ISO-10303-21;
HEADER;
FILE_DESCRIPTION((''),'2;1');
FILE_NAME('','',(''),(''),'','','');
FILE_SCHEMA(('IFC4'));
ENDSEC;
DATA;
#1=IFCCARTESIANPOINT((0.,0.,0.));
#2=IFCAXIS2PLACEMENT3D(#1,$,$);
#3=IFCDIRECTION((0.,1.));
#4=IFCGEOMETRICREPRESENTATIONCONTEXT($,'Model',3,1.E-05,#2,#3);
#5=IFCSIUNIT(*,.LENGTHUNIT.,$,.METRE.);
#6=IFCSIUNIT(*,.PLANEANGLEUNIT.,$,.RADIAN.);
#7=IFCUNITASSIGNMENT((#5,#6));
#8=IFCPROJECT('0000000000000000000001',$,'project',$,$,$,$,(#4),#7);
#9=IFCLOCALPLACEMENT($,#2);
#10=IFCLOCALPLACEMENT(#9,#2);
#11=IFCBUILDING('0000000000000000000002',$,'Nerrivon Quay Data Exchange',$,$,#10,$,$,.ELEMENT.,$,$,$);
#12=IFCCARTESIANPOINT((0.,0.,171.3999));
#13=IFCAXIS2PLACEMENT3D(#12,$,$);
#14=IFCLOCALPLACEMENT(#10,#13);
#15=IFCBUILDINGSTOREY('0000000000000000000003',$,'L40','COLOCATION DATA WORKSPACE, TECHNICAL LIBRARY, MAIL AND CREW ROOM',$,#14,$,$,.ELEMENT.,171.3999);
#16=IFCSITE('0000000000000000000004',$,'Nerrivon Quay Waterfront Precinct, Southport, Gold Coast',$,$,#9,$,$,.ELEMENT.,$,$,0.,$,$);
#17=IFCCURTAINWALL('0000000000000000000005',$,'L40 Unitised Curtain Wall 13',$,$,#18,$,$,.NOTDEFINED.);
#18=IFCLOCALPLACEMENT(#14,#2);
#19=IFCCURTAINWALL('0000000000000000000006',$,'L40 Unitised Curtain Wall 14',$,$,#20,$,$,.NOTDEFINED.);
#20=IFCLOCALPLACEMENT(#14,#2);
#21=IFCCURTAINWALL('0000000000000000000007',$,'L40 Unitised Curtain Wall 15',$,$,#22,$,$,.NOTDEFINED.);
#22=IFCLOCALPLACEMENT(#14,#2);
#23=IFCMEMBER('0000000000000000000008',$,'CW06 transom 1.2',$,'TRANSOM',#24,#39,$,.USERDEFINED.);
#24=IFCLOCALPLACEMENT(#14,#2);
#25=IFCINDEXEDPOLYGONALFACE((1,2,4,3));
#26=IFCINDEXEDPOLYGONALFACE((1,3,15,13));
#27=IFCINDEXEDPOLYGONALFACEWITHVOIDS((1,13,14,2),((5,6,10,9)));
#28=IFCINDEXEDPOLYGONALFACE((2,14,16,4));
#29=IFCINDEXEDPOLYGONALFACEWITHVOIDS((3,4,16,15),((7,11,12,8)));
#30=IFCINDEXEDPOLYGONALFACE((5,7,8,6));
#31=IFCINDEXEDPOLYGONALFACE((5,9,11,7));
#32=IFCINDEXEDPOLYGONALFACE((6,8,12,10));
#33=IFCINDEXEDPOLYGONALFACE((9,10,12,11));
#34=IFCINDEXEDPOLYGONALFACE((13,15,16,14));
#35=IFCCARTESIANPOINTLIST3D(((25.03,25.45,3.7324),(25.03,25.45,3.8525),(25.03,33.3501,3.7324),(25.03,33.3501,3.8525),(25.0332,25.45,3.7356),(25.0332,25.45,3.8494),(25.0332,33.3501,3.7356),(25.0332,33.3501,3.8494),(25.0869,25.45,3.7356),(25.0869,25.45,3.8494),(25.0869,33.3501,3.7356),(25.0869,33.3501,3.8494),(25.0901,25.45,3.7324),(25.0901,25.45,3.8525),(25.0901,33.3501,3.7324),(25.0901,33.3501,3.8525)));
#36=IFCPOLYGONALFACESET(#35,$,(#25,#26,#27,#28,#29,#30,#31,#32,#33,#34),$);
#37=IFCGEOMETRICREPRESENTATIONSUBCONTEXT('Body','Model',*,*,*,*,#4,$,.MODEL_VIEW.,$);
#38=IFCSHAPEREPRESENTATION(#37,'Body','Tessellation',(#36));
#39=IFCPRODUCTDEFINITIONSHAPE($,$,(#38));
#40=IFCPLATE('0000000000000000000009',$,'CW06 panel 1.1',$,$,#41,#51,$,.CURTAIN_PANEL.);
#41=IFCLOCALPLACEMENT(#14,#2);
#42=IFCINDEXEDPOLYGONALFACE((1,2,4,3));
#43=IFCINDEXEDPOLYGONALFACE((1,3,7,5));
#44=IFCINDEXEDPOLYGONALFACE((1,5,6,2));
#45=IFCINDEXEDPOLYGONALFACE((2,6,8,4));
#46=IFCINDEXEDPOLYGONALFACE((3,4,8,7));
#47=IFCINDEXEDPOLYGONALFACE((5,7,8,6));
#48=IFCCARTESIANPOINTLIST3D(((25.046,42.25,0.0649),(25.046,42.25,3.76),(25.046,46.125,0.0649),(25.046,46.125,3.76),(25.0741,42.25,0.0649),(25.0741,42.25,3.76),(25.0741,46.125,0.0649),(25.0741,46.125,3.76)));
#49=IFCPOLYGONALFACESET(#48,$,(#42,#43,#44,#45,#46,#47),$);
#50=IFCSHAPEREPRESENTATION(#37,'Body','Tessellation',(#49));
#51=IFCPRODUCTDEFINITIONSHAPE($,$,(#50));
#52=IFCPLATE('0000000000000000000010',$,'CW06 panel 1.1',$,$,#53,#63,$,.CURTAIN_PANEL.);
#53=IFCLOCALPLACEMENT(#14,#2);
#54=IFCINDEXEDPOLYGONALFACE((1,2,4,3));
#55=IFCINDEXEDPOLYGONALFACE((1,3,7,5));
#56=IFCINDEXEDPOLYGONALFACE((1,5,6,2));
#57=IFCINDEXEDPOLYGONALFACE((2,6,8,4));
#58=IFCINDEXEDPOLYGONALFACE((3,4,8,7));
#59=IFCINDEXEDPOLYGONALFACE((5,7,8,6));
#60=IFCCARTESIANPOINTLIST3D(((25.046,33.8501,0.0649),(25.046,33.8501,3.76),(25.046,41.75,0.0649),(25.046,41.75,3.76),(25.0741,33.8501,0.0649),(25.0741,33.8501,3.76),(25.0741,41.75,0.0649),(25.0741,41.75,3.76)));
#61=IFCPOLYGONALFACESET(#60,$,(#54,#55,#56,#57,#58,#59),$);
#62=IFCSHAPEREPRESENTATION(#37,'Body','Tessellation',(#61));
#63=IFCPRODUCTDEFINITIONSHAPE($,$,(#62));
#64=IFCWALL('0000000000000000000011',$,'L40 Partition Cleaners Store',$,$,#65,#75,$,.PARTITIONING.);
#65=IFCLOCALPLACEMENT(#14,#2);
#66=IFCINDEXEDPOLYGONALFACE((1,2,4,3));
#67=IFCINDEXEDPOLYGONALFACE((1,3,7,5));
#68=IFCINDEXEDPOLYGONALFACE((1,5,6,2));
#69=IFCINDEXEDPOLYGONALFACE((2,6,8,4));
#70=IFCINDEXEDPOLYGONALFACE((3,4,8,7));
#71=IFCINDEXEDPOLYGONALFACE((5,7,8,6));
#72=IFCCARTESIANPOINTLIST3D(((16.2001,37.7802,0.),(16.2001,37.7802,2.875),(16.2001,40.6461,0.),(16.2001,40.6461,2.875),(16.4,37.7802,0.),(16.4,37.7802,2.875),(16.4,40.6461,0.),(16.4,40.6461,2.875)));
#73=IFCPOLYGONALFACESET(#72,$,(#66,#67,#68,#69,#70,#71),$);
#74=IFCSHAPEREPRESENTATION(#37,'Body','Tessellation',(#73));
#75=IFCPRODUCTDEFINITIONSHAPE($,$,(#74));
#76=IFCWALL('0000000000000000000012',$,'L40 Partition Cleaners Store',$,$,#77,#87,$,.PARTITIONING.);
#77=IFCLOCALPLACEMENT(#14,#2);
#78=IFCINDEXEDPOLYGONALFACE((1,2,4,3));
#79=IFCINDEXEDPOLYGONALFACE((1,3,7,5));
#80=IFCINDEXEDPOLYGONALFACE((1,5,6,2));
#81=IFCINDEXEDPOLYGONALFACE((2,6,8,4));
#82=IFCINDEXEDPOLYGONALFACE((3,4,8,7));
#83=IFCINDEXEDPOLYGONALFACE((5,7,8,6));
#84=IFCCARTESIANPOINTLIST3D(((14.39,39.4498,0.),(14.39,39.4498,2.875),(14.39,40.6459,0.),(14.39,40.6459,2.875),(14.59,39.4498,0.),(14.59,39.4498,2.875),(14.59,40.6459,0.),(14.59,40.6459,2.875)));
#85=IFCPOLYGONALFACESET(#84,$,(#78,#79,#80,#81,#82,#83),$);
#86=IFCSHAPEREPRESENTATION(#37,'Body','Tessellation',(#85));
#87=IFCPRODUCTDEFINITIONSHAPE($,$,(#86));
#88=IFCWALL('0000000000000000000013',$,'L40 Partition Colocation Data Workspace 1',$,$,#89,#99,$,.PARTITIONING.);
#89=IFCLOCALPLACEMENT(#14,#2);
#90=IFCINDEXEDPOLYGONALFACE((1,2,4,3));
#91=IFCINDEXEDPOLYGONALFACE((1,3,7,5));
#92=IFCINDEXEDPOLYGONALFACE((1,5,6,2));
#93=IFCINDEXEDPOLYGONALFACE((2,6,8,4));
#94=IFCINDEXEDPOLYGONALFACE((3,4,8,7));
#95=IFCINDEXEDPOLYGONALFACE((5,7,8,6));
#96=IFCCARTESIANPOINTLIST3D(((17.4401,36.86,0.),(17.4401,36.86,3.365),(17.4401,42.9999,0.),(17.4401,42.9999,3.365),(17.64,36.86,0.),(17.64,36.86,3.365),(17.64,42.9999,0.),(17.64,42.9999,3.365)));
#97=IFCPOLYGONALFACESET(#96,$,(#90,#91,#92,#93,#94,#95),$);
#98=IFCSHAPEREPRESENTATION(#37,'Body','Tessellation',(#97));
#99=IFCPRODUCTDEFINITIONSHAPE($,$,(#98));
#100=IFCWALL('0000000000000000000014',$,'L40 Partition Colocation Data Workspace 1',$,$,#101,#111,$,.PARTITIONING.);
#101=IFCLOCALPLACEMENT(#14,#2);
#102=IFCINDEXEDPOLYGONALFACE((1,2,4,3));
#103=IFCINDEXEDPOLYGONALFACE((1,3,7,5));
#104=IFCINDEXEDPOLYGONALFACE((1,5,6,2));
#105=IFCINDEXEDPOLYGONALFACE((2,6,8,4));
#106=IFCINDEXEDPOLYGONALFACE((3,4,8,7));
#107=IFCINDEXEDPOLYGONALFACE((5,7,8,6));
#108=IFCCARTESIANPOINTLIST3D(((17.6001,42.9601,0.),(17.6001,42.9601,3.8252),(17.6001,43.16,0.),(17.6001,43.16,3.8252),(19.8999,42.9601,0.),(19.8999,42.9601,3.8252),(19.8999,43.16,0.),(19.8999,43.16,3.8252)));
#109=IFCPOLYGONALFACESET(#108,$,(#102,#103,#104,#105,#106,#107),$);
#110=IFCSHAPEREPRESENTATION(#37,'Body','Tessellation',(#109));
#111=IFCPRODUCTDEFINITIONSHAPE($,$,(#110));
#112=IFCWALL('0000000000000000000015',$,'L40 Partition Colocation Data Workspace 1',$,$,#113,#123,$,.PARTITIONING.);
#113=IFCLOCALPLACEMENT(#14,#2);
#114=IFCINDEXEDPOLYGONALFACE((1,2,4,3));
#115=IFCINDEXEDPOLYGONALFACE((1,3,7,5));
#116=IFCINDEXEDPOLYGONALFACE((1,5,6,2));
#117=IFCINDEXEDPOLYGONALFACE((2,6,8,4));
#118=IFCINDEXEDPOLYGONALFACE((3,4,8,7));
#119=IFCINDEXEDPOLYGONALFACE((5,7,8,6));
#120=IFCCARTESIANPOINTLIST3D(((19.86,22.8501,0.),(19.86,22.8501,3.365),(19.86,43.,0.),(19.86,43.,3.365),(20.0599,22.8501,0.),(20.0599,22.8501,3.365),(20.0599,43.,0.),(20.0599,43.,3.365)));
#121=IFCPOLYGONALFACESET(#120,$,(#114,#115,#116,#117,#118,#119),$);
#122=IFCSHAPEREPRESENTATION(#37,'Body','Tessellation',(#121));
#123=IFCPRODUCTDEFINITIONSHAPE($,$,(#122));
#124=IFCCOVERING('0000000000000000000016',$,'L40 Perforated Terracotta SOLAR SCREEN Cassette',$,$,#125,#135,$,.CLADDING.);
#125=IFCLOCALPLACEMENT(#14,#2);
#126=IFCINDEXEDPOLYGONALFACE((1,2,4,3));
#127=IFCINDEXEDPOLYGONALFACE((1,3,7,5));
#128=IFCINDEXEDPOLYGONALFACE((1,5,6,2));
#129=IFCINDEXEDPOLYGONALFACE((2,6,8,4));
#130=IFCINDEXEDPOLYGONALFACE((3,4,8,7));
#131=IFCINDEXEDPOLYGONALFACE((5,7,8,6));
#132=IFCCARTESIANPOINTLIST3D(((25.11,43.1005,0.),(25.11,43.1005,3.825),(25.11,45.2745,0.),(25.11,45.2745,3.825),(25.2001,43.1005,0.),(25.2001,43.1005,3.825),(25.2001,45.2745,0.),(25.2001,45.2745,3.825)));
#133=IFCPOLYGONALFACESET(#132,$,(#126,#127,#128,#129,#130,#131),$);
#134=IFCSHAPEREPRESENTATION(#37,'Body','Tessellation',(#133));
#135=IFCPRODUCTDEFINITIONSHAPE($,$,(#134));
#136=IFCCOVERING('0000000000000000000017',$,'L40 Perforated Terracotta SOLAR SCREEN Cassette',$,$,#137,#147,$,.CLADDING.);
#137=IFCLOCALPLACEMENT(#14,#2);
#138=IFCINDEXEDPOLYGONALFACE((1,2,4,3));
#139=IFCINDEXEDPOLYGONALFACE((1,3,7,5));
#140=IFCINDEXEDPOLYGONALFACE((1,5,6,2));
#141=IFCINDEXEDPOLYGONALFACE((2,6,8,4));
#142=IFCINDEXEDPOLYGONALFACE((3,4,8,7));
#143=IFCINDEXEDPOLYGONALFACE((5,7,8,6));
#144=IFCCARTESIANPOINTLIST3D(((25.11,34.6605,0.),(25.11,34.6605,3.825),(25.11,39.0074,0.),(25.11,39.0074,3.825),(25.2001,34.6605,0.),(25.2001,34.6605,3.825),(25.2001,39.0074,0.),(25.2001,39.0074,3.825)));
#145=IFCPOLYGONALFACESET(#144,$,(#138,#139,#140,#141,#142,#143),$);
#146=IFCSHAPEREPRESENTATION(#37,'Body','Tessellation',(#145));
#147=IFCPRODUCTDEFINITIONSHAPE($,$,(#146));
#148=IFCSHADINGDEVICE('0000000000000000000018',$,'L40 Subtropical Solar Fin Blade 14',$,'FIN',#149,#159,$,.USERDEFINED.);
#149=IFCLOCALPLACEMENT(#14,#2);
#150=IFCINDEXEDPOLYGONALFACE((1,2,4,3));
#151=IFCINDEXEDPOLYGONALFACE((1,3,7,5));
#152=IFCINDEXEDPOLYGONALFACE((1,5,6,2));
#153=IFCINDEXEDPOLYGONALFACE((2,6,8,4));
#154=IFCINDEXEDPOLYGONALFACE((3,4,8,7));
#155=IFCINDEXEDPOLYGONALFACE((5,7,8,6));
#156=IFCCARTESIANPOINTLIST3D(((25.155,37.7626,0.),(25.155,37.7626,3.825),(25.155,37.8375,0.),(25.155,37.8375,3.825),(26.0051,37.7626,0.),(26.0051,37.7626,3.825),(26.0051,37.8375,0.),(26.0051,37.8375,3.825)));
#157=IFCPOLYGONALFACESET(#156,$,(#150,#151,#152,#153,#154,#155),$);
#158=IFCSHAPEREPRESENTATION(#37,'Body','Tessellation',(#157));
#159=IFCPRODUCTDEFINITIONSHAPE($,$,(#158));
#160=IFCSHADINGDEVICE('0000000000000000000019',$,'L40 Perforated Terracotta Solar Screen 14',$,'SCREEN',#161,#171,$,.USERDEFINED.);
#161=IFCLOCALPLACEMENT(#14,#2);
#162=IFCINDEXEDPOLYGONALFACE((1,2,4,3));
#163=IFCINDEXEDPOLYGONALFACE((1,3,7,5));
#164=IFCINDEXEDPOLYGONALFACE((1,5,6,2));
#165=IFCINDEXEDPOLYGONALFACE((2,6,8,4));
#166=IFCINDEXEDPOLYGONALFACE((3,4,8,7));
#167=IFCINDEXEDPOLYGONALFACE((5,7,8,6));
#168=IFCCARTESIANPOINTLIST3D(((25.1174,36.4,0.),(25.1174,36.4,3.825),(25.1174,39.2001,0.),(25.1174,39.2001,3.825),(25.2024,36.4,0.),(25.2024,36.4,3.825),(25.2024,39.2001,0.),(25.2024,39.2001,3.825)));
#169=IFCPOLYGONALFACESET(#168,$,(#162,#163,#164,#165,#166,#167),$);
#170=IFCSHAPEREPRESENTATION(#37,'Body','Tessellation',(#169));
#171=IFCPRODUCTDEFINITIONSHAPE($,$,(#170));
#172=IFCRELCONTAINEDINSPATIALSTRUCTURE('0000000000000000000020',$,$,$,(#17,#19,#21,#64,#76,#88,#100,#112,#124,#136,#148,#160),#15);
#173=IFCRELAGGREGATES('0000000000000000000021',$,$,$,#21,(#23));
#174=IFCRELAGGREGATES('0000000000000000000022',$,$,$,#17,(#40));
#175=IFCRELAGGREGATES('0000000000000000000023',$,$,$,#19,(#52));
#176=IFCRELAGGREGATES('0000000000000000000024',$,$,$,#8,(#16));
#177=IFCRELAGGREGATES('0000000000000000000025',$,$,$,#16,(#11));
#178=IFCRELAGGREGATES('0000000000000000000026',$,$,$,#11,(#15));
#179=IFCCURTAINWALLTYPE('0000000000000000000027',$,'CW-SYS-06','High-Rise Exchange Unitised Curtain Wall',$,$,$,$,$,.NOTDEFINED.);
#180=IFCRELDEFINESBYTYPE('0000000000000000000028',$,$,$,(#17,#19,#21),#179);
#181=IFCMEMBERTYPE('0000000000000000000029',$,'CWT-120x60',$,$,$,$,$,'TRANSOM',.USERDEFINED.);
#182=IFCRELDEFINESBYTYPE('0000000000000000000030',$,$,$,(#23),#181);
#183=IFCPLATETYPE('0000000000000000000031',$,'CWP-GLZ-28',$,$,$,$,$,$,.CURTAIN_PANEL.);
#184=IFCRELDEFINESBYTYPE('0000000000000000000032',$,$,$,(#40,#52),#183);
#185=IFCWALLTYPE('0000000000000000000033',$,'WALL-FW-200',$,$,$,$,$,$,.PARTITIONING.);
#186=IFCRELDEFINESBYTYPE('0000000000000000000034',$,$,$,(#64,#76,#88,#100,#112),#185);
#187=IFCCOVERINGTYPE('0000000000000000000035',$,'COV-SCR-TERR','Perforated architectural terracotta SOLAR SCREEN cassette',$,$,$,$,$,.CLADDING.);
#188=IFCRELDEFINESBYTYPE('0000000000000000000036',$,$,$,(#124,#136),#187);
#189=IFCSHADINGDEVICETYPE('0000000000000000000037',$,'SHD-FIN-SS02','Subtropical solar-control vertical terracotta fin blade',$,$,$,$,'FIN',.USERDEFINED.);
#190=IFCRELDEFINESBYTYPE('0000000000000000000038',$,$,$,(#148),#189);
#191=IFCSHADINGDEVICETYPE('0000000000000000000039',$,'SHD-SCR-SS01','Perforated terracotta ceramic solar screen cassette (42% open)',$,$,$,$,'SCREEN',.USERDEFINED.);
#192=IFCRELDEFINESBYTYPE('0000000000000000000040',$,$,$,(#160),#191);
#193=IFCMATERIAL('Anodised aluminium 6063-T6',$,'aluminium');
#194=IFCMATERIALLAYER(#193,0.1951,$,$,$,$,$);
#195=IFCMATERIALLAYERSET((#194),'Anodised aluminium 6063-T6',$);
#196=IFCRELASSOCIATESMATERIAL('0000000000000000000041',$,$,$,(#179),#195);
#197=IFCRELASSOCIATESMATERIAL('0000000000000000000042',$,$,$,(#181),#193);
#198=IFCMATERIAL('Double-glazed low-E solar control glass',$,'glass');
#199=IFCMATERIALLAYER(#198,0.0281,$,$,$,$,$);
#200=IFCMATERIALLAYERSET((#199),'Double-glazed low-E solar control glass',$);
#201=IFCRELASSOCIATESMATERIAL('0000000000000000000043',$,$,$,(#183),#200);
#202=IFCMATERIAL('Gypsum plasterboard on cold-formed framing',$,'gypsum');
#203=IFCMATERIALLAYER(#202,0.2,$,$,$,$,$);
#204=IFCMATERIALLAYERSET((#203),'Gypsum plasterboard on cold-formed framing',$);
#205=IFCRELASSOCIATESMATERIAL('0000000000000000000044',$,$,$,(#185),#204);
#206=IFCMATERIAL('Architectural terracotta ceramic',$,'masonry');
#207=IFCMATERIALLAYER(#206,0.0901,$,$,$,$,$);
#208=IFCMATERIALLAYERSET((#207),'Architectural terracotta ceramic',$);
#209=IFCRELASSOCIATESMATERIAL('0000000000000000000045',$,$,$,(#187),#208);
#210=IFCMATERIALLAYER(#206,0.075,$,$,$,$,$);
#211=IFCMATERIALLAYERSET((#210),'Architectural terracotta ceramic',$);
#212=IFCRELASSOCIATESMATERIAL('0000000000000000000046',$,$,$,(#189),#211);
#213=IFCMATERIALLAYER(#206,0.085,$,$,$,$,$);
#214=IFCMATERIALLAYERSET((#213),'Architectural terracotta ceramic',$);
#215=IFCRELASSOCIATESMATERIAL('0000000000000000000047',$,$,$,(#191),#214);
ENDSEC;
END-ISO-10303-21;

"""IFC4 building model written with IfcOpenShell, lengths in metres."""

from ifc_helpers import new_model, si_unit, direction, frame, frame_2d, origin, origin_2d, place, context, subcontext, project, spatial, rectangle, hollow_rectangle, extrude, material, layer, layer_set, material_profile, profile_set, type_object, element, aggregate, save


model = new_model("IFC4")

# Units and contexts
model_context = context("Model", 3, precision=1e-05, world=origin(), true_north=direction((0.0, 1.0)))
body_context = subcontext(model_context, "Body", "Model", "MODEL_VIEW")
ifc_project = project(units=[si_unit("LENGTHUNIT", "METRE"), si_unit("PLANEANGLEUNIT", "RADIAN")], contexts=[model_context])

# Site, building, storey
site_placement = place(None, origin())
site = spatial("IfcSite", under=ifc_project, at=site_placement, Name="Nerrivon Quay Waterfront Precinct, Southport, Gold Coast", CompositionType="ELEMENT", RefElevation=0.0)
building_placement = place(site_placement, origin())
building = spatial("IfcBuilding", under=site, at=building_placement, Name="Nerrivon Quay Data Exchange", CompositionType="ELEMENT")
storey_placement = place(building_placement, frame((0.0, 0.0, 171.3999)))
storey = spatial("IfcBuildingStorey", under=building, at=storey_placement, Name="L40", Description="COLOCATION DATA WORKSPACE, TECHNICAL LIBRARY, MAIL AND CREW ROOM", CompositionType="ELEMENT", Elevation=171.3999)

# Curtain wall
ifc_material_1 = material(Name="Anodised aluminium 6063-T6", Category="aluminium")
ifc_layer_1 = layer(ifc_material_1, 0.1951)
ifc_layer_set_1 = layer_set([ifc_layer_1], Name="Anodised aluminium 6063-T6")
curtain_wall_type = type_object("IfcCurtainWallType", Name="CW-SYS-06", Description="High-Rise Exchange Unitised Curtain Wall", PredefinedType="NOTDEFINED", material=ifc_layer_set_1)
curtain_wall_1_placement = place(storey_placement, origin())
curtain_wall_1 = element("IfcCurtainWall", 1, at=curtain_wall_1_placement, inside=storey, type_object=curtain_wall_type, Name="L40 Unitised Curtain Wall 13", PredefinedType="NOTDEFINED")

# Curtain wall
curtain_wall_2_placement = place(storey_placement, origin())
curtain_wall_2 = element("IfcCurtainWall", 2, at=curtain_wall_2_placement, inside=storey, type_object=curtain_wall_type, Name="L40 Unitised Curtain Wall 14", PredefinedType="NOTDEFINED")

# Curtain wall
curtain_wall_3_placement = place(storey_placement, origin())
curtain_wall_3 = element("IfcCurtainWall", 3, at=curtain_wall_3_placement, inside=storey, type_object=curtain_wall_type, Name="L40 Unitised Curtain Wall 15", PredefinedType="NOTDEFINED")

# Member
ifc_material_profile_1 = material_profile(ifc_material_1, hollow_rectangle(XDim=0.0601, YDim=0.1201, WallThickness=0.0032, at=origin_2d()), Name="ALU-TRAN-120x60")
ifc_profile_set_1 = profile_set([ifc_material_profile_1], Name="Anodised aluminium 6063-T6")
member_type_1 = type_object("IfcMemberType", Name="CWT-120x60", ElementType="TRANSOM", PredefinedType="USERDEFINED", material=ifc_profile_set_1)
member_1_placement = place(storey_placement, frame((25.0601, 33.3501, 3.7925), z_axis=(0.0, -1.0, 0.0), x_axis=(1.0, 0.0, 0.0)))
member_1 = element("IfcMember", 4, at=member_1_placement, type_object=member_type_1, Name="CW06 transom 1.2", ObjectType="TRANSOM", PredefinedType="USERDEFINED", context=body_context, shape_type="SweptSolid", body=[
    extrude(hollow_rectangle(XDim=0.0601, YDim=0.1201, WallThickness=0.0032, at=origin_2d()), origin(), (0.0, 0.0, 1.0), 7.9001),
])
aggregate(curtain_wall_3, [member_1])

# Plates
ifc_material_2 = material(Name="Double-glazed low-E solar control glass", Category="glass")
ifc_layer_2 = layer(ifc_material_2, 0.0281)
ifc_layer_set_2 = layer_set([ifc_layer_2], Name="Double-glazed low-E solar control glass")
plate_type = type_object("IfcPlateType", Name="CWP-GLZ-28", PredefinedType="CURTAIN_PANEL", material=ifc_layer_set_2)
plate_1_placement = place(storey_placement, frame((25.0601, 44.1875, 0.0649), z_axis=(0.0, 0.0, 1.0), x_axis=(0.0, -1.0, 0.0)))
plate_1 = element("IfcPlate", 5, at=plate_1_placement, type_object=plate_type, Name="CW06 panel 1.1", PredefinedType="CURTAIN_PANEL", context=body_context, shape_type="SweptSolid", body=[
    extrude(rectangle(XDim=3.875, YDim=0.0281, at=origin_2d()), origin(), (0.0, 0.0, 1.0), 3.6951),
])
aggregate(curtain_wall_1, [plate_1])
plate_2_placement = place(storey_placement, frame((25.0601, 37.8, 0.0649), z_axis=(0.0, 0.0, 1.0), x_axis=(0.0, -1.0, 0.0)))
plate_2 = element("IfcPlate", 6, at=plate_2_placement, type_object=plate_type, Name="CW06 panel 1.1", PredefinedType="CURTAIN_PANEL", context=body_context, shape_type="SweptSolid", body=[
    extrude(rectangle(XDim=7.8999, YDim=0.0281, at=origin_2d()), origin(), (0.0, 0.0, 1.0), 3.6951),
])
aggregate(curtain_wall_2, [plate_2])

# Walls
ifc_material_3 = material(Name="Gypsum plasterboard on cold-formed framing", Category="gypsum")
ifc_layer_3 = layer(ifc_material_3, 0.2)
ifc_layer_set_3 = layer_set([ifc_layer_3], Name="Gypsum plasterboard on cold-formed framing")
wall_type_1 = type_object("IfcWallType", Name="WALL-FW-200", PredefinedType="PARTITIONING", material=ifc_layer_set_3)
wall_1_placement = place(storey_placement, frame((16.3, 37.78, 0.0), z_axis=(0.0, 0.0, 1.0), x_axis=(0.0, 1.0, 0.0)))
element("IfcWall", 7, at=wall_1_placement, inside=storey, type_object=wall_type_1, Name="L40 Partition Cleaners Store", PredefinedType="PARTITIONING", context=body_context, shape_type="SweptSolid", body=[
    extrude(rectangle(XDim=2.866, YDim=0.2, at=frame_2d((1.4331, 0.0))), origin(), (0.0, 0.0, 1.0), 2.875),
])
wall_2_placement = place(storey_placement, frame((14.49, 40.646, 0.0), z_axis=(0.0, 0.0, 1.0), x_axis=(0.0, -1.0, 0.0)))
element("IfcWall", 8, at=wall_2_placement, inside=storey, type_object=wall_type_1, Name="L40 Partition Cleaners Store", PredefinedType="PARTITIONING", context=body_context, shape_type="SweptSolid", body=[
    extrude(rectangle(XDim=1.196, YDim=0.2, at=frame_2d((0.5981, 0.0))), origin(), (0.0, 0.0, 1.0), 2.875),
])
wall_3_placement = place(storey_placement, frame((17.54, 36.8601, 0.0), z_axis=(0.0, 0.0, 1.0), x_axis=(0.0, 1.0, 0.0)))
element("IfcWall", 9, at=wall_3_placement, inside=storey, type_object=wall_type_1, Name="L40 Partition Colocation Data Workspace 1", PredefinedType="PARTITIONING", context=body_context, shape_type="SweptSolid", body=[
    extrude(rectangle(XDim=6.1399, YDim=0.2, at=frame_2d((3.0698, 0.0))), origin(), (0.0, 0.0, 1.0), 3.365),
])
wall_4_placement = place(storey_placement, frame((17.6001, 43.0601, 0.0), z_axis=(0.0, 0.0, 1.0), x_axis=(1.0, 0.0, 0.0)))
element("IfcWall", 10, at=wall_4_placement, inside=storey, type_object=wall_type_1, Name="L40 Partition Colocation Data Workspace 1", PredefinedType="PARTITIONING", context=body_context, shape_type="SweptSolid", body=[
    extrude(rectangle(XDim=2.2998, YDim=0.2, at=frame_2d((1.1499, 0.0))), origin(), (0.0, 0.0, 1.0), 3.8252),
])
wall_5_placement = place(storey_placement, frame((19.96, 43.0, 0.0), z_axis=(0.0, 0.0, 1.0), x_axis=(0.0, -1.0, 0.0)))
element("IfcWall", 11, at=wall_5_placement, inside=storey, type_object=wall_type_1, Name="L40 Partition Colocation Data Workspace 1", PredefinedType="PARTITIONING", context=body_context, shape_type="SweptSolid", body=[
    extrude(rectangle(XDim=20.1499, YDim=0.2, at=frame_2d((10.075, 0.0))), origin(), (0.0, 0.0, 1.0), 3.365),
])

# Coverings
ifc_material_4 = material(Name="Architectural terracotta ceramic", Category="masonry")
ifc_layer_4 = layer(ifc_material_4, 0.0901)
ifc_layer_set_4 = layer_set([ifc_layer_4], Name="Architectural terracotta ceramic")
covering_type = type_object("IfcCoveringType", Name="COV-SCR-TERR", Description="Perforated architectural terracotta SOLAR SCREEN cassette", PredefinedType="CLADDING", material=ifc_layer_set_4)
covering_1_placement = place(storey_placement, frame((25.155, 44.1875, 0.0), z_axis=(0.0, 0.0, 1.0), x_axis=(0.0, -1.0, 0.0)))
element("IfcCovering", 12, at=covering_1_placement, inside=storey, type_object=covering_type, Name="L40 Perforated Terracotta SOLAR SCREEN Cassette", PredefinedType="CLADDING", context=body_context, shape_type="SweptSolid", body=[
    extrude(rectangle(XDim=2.1741, YDim=0.0901, at=origin_2d()), origin(), (0.0, 0.0, 1.0), 3.825),
])
covering_2_placement = place(storey_placement, frame((25.155, 36.834, 0.0), z_axis=(0.0, 0.0, 1.0), x_axis=(0.0, -1.0, 0.0)))
element("IfcCovering", 13, at=covering_2_placement, inside=storey, type_object=covering_type, Name="L40 Perforated Terracotta SOLAR SCREEN Cassette", PredefinedType="CLADDING", context=body_context, shape_type="SweptSolid", body=[
    extrude(rectangle(XDim=4.3469, YDim=0.0901, at=origin_2d()), origin(), (0.0, 0.0, 1.0), 3.825),
])

# Shading devices
ifc_layer_5 = layer(ifc_material_4, 0.075)
ifc_layer_set_5 = layer_set([ifc_layer_5], Name="Architectural terracotta ceramic")
shading_device_type_1 = type_object("IfcShadingDeviceType", Name="SHD-FIN-SS02", Description="Subtropical solar-control vertical terracotta fin blade", ElementType="FIN", PredefinedType="USERDEFINED", material=ifc_layer_set_5)
shading_device_1_placement = place(storey_placement, frame((25.5801, 37.8, 0.0), z_axis=(0.0, 0.0, 1.0), x_axis=(0.0, -1.0, 0.0)))
element("IfcShadingDevice", 14, at=shading_device_1_placement, inside=storey, type_object=shading_device_type_1, Name="L40 Subtropical Solar Fin Blade 14", ObjectType="FIN", PredefinedType="USERDEFINED", context=body_context, shape_type="SweptSolid", body=[
    extrude(rectangle(XDim=0.075, YDim=0.8501, at=origin_2d()), origin(), (0.0, 0.0, 1.0), 3.825),
])
ifc_layer_6 = layer(ifc_material_4, 0.085)
ifc_layer_set_6 = layer_set([ifc_layer_6], Name="Architectural terracotta ceramic")
shading_device_type_2 = type_object("IfcShadingDeviceType", Name="SHD-SCR-SS01", Description="Perforated terracotta ceramic solar screen cassette (42% open)", ElementType="SCREEN", PredefinedType="USERDEFINED", material=ifc_layer_set_6)
shading_device_2_placement = place(storey_placement, frame((25.1599, 37.8, 0.0), z_axis=(0.0, 0.0, 1.0), x_axis=(0.0, -1.0, 0.0)))
element("IfcShadingDevice", 15, at=shading_device_2_placement, inside=storey, type_object=shading_device_type_2, Name="L40 Perforated Terracotta Solar Screen 14", ObjectType="SCREEN", PredefinedType="USERDEFINED", context=body_context, shape_type="SweptSolid", body=[
    extrude(rectangle(XDim=2.8, YDim=0.085, at=origin_2d()), origin(), (0.0, 0.0, 1.0), 3.825),
])

save(model, "model.ifc")
